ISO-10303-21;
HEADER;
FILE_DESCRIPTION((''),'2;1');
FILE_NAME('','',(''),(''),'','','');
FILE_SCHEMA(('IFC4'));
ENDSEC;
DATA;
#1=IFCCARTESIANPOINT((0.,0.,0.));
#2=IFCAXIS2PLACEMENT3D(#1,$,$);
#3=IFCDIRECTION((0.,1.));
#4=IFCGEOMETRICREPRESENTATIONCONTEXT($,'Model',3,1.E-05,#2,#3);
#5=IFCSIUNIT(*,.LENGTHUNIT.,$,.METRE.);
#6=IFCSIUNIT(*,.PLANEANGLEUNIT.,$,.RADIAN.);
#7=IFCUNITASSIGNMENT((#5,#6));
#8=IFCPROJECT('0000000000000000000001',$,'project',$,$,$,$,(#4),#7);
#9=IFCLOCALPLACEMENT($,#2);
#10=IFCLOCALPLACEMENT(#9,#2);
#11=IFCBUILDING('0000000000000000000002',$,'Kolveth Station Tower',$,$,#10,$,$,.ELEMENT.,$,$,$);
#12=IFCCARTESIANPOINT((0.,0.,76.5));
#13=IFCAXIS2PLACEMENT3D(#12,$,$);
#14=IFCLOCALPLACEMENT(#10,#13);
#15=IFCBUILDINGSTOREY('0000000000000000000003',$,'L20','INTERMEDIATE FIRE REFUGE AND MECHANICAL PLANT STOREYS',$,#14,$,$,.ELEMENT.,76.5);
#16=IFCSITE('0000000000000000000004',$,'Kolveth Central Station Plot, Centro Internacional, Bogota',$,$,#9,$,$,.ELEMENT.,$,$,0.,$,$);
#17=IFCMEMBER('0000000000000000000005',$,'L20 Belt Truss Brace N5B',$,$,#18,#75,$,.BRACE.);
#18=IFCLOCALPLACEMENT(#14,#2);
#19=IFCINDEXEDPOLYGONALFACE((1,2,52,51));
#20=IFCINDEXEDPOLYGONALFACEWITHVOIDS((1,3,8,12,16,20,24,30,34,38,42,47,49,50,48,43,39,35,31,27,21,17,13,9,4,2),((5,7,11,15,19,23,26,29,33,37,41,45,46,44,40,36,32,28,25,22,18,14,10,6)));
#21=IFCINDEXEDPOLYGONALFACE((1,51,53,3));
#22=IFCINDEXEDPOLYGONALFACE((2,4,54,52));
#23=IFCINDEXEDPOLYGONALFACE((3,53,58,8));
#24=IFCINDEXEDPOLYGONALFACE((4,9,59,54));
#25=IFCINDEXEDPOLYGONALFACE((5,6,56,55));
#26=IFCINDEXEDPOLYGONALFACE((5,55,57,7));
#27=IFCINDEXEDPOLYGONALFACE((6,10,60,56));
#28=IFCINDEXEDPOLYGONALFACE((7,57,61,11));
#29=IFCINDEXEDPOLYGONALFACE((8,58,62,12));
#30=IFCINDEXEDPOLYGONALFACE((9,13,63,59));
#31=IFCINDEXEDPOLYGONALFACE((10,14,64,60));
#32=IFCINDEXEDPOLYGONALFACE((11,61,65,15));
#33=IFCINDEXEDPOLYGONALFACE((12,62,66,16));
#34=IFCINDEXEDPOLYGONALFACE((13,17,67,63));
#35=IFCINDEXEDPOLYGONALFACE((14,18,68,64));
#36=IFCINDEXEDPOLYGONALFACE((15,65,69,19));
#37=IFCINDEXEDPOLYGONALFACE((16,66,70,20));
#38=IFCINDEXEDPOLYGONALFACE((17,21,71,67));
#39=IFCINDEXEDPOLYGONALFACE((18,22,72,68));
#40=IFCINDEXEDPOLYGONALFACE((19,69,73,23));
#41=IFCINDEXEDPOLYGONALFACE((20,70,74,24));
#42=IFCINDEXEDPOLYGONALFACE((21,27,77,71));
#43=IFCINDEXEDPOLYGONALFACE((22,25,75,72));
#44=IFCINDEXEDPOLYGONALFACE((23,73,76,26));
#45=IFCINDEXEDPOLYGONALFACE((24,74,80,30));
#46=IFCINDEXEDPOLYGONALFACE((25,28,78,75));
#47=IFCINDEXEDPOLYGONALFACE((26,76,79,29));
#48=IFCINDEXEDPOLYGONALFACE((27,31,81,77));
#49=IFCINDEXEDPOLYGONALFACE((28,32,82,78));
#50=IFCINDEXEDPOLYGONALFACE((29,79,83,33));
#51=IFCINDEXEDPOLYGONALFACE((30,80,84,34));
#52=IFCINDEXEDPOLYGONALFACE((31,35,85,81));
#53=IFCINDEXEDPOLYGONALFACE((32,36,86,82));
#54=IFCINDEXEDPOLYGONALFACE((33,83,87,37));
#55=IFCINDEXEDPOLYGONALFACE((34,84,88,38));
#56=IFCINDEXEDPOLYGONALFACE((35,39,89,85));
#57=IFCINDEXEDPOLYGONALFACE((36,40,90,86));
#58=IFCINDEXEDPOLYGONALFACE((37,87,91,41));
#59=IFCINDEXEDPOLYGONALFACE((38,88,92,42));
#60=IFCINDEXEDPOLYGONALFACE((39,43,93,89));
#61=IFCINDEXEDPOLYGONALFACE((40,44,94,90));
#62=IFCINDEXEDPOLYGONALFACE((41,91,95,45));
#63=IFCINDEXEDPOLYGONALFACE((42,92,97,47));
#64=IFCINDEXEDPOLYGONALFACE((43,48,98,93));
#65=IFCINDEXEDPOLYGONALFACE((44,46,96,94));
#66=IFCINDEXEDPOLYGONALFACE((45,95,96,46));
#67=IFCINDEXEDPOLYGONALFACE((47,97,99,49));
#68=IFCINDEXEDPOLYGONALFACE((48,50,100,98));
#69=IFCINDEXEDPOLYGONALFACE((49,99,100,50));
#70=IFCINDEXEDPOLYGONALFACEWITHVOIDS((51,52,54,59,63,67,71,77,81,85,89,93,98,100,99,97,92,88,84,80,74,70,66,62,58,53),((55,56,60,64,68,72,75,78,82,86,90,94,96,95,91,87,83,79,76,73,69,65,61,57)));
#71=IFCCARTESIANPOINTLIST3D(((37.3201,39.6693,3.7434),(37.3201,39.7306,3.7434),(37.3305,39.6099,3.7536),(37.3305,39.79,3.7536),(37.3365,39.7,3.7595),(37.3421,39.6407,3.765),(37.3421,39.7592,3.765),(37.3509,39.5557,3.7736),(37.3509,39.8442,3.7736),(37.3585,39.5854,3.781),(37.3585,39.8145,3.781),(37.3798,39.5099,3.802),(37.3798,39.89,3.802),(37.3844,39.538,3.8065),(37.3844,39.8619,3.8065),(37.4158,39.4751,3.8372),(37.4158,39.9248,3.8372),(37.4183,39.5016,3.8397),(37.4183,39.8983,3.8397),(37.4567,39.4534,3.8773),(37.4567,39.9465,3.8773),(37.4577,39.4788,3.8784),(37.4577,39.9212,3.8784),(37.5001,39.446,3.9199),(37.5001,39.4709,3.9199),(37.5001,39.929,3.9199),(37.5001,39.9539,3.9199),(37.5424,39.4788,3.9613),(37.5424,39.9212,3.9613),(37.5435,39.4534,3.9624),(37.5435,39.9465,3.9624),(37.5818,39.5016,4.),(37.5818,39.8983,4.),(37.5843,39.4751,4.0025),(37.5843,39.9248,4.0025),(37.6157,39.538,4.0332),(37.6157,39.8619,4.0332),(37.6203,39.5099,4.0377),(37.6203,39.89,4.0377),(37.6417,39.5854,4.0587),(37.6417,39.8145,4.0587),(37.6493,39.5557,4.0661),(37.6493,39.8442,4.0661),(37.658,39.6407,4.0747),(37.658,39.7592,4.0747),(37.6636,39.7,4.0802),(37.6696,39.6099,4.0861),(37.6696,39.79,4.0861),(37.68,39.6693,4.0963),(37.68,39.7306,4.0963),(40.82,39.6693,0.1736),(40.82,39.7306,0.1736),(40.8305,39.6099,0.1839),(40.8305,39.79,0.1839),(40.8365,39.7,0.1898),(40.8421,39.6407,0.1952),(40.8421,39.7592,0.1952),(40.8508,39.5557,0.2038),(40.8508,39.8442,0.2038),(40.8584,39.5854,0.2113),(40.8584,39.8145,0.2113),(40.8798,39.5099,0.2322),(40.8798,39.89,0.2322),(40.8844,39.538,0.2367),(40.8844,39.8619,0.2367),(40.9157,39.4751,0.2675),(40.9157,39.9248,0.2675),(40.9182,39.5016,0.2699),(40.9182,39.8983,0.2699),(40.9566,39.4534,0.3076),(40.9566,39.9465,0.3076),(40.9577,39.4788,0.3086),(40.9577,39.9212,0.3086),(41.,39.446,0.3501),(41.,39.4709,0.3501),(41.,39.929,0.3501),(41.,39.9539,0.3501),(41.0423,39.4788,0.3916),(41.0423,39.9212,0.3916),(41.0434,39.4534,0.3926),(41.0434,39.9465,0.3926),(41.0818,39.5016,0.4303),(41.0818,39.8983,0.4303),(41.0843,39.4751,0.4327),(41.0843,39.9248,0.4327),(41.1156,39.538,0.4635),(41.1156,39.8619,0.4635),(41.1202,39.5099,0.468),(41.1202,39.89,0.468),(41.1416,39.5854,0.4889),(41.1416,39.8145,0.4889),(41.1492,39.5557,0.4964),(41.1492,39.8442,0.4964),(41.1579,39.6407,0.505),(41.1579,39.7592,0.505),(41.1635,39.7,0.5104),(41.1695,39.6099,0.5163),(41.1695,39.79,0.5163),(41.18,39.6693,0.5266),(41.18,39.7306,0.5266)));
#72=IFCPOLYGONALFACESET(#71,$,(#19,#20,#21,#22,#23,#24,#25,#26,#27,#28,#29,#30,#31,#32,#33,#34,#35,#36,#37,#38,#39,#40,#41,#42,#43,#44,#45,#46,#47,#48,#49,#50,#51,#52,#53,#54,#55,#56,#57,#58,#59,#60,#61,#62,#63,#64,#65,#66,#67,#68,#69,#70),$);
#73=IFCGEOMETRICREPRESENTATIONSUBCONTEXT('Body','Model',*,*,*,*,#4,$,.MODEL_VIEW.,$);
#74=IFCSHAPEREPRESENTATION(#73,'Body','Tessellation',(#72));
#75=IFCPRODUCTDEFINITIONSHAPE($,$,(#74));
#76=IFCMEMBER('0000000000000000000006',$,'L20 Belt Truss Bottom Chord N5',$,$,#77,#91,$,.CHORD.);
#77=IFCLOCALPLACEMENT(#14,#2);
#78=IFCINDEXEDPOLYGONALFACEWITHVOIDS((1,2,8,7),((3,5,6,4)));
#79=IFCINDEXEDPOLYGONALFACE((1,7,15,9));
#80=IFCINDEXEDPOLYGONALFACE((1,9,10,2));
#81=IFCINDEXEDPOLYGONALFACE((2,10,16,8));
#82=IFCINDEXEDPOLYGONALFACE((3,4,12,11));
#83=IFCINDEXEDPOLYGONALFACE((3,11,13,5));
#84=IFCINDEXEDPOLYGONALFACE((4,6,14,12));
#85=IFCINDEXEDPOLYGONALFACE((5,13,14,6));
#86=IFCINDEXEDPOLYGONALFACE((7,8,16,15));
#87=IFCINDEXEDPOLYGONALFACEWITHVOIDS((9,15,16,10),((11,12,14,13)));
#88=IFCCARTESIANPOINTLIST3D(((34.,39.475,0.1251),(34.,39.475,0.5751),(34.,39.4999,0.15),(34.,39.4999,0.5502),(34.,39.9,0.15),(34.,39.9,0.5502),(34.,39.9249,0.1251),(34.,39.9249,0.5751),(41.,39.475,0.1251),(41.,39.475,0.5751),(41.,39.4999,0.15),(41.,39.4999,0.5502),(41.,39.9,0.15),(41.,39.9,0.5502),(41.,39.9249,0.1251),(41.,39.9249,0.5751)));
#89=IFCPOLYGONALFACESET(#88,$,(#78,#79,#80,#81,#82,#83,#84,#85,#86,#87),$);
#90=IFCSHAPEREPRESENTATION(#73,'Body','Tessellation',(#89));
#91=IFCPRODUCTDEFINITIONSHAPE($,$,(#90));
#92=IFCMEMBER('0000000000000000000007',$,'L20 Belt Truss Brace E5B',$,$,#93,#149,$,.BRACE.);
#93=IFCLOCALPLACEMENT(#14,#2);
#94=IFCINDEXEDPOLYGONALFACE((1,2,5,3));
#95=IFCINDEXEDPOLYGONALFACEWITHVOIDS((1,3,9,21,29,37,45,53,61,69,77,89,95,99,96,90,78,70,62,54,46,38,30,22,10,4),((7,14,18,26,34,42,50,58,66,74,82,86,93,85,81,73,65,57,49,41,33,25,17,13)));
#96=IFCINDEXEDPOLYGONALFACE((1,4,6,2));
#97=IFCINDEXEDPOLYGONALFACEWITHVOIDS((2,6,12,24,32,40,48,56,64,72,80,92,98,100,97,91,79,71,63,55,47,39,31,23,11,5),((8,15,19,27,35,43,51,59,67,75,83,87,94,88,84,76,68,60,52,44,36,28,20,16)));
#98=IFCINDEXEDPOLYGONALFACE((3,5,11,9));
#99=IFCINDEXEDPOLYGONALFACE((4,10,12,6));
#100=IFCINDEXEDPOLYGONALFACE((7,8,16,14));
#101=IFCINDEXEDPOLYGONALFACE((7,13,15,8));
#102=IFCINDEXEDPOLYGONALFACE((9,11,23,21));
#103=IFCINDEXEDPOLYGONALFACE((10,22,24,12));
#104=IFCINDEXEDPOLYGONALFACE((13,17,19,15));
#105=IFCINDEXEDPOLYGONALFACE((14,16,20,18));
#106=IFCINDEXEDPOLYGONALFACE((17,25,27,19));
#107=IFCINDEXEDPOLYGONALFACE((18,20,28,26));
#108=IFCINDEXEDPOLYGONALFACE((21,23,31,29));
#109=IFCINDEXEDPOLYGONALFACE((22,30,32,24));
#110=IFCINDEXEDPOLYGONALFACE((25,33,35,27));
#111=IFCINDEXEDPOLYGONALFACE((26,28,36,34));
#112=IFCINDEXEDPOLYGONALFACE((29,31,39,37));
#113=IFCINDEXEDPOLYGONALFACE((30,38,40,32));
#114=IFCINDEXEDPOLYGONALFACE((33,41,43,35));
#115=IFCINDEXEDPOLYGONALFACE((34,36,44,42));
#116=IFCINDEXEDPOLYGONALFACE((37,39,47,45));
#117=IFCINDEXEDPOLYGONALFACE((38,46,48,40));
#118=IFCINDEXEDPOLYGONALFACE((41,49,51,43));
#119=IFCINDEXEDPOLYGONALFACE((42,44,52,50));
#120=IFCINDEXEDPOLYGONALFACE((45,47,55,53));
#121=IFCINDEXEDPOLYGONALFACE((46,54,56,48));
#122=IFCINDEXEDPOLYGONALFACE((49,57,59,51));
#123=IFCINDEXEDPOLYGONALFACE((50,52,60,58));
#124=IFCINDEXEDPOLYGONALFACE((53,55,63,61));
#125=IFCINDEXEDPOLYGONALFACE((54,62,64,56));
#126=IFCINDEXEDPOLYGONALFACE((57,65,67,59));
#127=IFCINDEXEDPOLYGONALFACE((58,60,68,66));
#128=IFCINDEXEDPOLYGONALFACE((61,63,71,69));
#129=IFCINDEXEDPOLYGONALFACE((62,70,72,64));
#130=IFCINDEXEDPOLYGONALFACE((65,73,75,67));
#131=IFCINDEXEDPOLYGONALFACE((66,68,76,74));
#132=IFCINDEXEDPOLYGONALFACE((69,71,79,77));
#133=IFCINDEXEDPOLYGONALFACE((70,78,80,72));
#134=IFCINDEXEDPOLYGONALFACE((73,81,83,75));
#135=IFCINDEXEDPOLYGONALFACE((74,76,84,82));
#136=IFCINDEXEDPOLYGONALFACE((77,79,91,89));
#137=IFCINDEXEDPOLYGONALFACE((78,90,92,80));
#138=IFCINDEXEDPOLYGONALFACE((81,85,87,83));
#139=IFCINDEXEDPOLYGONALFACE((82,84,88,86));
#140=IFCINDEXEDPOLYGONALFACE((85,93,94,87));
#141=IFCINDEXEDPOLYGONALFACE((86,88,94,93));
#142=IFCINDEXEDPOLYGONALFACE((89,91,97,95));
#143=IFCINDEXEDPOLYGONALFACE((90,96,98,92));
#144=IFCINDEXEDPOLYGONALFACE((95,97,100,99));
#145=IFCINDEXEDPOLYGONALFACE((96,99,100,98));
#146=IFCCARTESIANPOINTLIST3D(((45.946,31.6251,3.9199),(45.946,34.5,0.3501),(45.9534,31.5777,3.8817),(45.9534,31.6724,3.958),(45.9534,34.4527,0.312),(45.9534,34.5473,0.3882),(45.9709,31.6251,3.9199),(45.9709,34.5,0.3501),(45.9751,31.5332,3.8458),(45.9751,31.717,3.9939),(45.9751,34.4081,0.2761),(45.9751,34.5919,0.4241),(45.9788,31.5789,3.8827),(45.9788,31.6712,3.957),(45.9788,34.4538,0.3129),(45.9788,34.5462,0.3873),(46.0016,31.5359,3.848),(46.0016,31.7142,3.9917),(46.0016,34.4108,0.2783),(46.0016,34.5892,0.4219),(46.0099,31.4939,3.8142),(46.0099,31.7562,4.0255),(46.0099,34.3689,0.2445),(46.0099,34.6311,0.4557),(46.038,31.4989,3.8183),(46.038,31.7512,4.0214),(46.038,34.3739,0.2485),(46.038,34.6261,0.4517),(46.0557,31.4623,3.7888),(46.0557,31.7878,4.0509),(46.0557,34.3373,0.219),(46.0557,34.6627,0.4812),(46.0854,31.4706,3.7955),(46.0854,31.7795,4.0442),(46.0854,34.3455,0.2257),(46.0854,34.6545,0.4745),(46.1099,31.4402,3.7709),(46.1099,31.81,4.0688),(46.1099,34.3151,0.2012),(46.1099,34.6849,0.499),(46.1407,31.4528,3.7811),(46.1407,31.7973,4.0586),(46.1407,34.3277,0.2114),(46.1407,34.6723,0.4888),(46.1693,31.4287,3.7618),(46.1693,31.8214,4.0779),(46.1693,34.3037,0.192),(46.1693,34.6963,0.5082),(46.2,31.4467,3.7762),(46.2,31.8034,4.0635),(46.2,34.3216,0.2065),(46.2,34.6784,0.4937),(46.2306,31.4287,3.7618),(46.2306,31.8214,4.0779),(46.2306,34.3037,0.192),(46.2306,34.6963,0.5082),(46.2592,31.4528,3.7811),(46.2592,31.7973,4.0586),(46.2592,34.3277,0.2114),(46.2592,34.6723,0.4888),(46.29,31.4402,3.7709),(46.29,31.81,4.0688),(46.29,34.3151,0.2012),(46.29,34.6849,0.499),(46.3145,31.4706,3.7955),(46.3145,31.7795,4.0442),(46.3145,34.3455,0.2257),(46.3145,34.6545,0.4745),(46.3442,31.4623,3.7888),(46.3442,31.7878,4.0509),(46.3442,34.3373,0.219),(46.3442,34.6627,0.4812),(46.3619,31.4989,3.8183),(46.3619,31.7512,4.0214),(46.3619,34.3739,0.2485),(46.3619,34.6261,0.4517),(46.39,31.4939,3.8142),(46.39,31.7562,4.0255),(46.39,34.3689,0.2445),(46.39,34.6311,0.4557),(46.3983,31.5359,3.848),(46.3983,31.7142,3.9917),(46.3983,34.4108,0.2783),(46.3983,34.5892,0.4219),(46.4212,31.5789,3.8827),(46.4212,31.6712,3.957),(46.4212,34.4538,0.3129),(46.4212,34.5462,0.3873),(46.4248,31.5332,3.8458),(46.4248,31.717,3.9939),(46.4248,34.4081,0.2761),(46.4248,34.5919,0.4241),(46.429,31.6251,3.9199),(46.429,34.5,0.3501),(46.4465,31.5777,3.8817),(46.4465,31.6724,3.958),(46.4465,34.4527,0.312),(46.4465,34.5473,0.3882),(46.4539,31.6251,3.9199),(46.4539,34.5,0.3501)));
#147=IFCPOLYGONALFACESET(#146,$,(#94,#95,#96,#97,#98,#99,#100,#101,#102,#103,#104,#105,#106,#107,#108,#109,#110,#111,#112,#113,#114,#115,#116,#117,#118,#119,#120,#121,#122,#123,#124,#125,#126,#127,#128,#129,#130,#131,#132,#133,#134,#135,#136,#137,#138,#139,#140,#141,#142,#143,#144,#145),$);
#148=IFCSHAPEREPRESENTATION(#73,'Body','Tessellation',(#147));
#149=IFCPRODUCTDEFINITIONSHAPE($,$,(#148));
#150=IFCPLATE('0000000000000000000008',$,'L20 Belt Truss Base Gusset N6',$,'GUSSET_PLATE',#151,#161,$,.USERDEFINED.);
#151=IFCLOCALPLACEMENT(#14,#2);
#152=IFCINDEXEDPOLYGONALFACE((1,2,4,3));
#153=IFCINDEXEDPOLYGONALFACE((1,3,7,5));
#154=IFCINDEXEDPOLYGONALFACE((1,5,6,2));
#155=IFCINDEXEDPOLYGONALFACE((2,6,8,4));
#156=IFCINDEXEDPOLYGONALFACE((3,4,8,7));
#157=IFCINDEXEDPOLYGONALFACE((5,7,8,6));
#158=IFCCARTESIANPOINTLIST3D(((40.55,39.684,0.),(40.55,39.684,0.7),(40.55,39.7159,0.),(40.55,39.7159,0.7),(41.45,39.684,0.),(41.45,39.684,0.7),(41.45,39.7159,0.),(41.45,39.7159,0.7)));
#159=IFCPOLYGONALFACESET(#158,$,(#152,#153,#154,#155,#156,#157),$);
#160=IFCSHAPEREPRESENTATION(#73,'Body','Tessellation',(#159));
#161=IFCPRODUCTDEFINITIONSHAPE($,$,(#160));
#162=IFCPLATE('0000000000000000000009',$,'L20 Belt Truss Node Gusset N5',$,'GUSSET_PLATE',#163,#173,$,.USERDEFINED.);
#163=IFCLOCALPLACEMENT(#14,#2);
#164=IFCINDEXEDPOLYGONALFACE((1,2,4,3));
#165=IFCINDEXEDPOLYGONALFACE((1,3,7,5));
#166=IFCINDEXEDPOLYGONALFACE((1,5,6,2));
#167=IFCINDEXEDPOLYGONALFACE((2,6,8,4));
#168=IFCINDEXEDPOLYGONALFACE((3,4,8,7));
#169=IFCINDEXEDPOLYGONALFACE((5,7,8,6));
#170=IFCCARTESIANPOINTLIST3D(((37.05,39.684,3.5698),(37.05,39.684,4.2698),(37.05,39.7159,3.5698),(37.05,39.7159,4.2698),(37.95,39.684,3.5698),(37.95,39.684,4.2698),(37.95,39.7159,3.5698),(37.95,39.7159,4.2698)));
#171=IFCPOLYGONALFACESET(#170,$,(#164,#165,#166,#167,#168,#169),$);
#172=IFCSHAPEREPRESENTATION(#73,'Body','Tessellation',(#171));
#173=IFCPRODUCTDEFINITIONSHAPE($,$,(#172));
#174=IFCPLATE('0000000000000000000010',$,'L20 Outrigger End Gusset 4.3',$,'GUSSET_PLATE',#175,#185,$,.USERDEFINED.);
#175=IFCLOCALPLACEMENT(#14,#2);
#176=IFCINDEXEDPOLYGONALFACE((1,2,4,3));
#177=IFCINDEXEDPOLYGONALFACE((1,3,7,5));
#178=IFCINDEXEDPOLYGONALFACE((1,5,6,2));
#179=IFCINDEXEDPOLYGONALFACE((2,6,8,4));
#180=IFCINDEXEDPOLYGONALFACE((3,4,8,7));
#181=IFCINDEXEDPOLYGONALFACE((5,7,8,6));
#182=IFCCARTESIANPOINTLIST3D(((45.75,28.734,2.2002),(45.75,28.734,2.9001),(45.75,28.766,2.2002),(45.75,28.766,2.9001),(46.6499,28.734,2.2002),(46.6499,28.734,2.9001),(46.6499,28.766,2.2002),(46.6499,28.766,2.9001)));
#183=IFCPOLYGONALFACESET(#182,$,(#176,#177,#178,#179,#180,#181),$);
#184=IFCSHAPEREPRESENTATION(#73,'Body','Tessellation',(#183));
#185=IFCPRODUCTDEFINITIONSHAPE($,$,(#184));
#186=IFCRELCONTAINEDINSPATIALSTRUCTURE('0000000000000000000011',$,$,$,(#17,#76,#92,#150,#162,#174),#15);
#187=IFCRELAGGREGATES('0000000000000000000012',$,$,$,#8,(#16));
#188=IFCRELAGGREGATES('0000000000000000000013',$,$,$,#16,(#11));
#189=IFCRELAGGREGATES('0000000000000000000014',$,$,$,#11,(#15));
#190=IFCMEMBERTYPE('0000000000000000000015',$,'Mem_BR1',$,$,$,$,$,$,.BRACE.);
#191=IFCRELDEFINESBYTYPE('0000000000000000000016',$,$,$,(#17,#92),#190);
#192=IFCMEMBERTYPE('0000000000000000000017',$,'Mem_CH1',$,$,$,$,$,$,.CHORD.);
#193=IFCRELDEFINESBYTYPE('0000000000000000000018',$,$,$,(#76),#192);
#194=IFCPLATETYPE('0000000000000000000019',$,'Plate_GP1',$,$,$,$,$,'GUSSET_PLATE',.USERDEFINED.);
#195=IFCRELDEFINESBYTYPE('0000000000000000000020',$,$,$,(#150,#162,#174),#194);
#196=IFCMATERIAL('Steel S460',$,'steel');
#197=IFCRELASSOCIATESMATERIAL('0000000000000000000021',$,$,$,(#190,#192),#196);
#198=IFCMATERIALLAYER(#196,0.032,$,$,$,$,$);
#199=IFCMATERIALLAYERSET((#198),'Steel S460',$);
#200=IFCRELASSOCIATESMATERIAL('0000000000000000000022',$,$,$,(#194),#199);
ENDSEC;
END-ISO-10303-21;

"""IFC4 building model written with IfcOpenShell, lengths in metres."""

from ifc_helpers import new_model, si_unit, direction, frame, origin, origin_2d, place, context, subcontext, project, spatial, rectangle, hollow_rectangle, hollow_circle, extrude, source, transform, mapped, material, layer, layer_set, material_profile, profile_set, type_object, element, save


model = new_model("IFC4")

# Units and contexts
model_context = context("Model", 3, precision=1e-05, world=origin(), true_north=direction((0.0, 1.0)))
body_context = subcontext(model_context, "Body", "Model", "MODEL_VIEW")
ifc_project = project(units=[si_unit("LENGTHUNIT", "METRE"), si_unit("PLANEANGLEUNIT", "RADIAN")], contexts=[model_context])

# Site, building, storey
site_placement = place(None, origin())
site = spatial("IfcSite", under=ifc_project, at=site_placement, Name="Kolveth Central Station Plot, Centro Internacional, Bogota", CompositionType="ELEMENT", RefElevation=0.0)
building_placement = place(site_placement, origin())
building = spatial("IfcBuilding", under=site, at=building_placement, Name="Kolveth Station Tower", CompositionType="ELEMENT")
storey_placement = place(building_placement, frame((0.0, 0.0, 76.5)))
storey = spatial("IfcBuildingStorey", under=building, at=storey_placement, Name="L20", Description="INTERMEDIATE FIRE REFUGE AND MECHANICAL PLANT STOREYS", CompositionType="ELEMENT", Elevation=76.5)

# Shared definitions
ifc_material_1 = material(Name="Steel S460", Category="steel")

# Members
ifc_material_profile_1 = material_profile(ifc_material_1, hollow_circle(Radius=0.2539, WallThickness=0.0249, at=origin_2d()), Name="CHS508x25")
ifc_profile_set_1 = profile_set([ifc_material_profile_1], Name="Steel S460")
member_type_1 = type_object("IfcMemberType", Name="Mem_BR1", PredefinedType="BRACE", material=ifc_profile_set_1)
shared_shape_1 = source(origin(), body_context, "Body", "SweptSolid", [
    extrude(hollow_circle(Radius=0.2539, WallThickness=0.0249, at=origin_2d()), origin(), (0.0, 0.0, 1.0), 4.9993),
])
member_1_placement = place(storey_placement, frame((41.0, 39.7, 0.3501), z_axis=(-0.700089, 0.0, 0.714056), x_axis=(0.0, -1.0, 0.0)))
element("IfcMember", 1, at=member_1_placement, inside=storey, type_object=member_type_1, Name="L20 Belt Truss Brace N5B", PredefinedType="BRACE", context=body_context, shape_type="MappedRepresentation", body=[
    mapped(shared_shape_1, transform((0.0, 0.0, 0.0), x_axis=(1.0, 0.0, 0.0), y_axis=(0.0, 1.0, 0.0), z_axis=(0.0, 0.0, 1.0), scale=1.0)),
])
ifc_material_profile_2 = material_profile(ifc_material_1, hollow_rectangle(XDim=0.45, YDim=0.45, WallThickness=0.0249, at=origin_2d()), Name="HSS450x450x25")
ifc_profile_set_2 = profile_set([ifc_material_profile_2], Name="Steel S460")
member_type_2 = type_object("IfcMemberType", Name="Mem_CH1", PredefinedType="CHORD", material=ifc_profile_set_2)
shared_shape_2 = source(origin(), body_context, "Body", "SweptSolid", [
    extrude(hollow_rectangle(XDim=0.45, YDim=0.45, WallThickness=0.0249, at=origin_2d()), origin(), (0.0, 0.0, 1.0), 7.0),
])
member_2_placement = place(storey_placement, frame((34.0, 39.7, 0.3501), z_axis=(1.0, 0.0, 0.0), x_axis=(0.0, 1.0, 0.0)))
element("IfcMember", 2, at=member_2_placement, inside=storey, type_object=member_type_2, Name="L20 Belt Truss Bottom Chord N5", PredefinedType="CHORD", context=body_context, shape_type="MappedRepresentation", body=[
    mapped(shared_shape_2, transform((0.0, 0.0, 0.0), x_axis=(1.0, 0.0, 0.0), y_axis=(0.0, 1.0, 0.0), z_axis=(0.0, 0.0, 1.0), scale=1.0)),
])
shared_shape_3 = source(origin(), body_context, "Body", "SweptSolid", [
    extrude(hollow_circle(Radius=0.2539, WallThickness=0.0249, at=origin_2d()), origin(), (0.0, 0.0, 1.0), 4.5835),
])
member_3_placement = place(storey_placement, frame((46.2, 34.5, 0.3501), z_axis=(0.0, -0.627238, 0.778828), x_axis=(1.0, 0.0, 0.0)))
element("IfcMember", 3, at=member_3_placement, inside=storey, type_object=member_type_1, Name="L20 Belt Truss Brace E5B", PredefinedType="BRACE", context=body_context, shape_type="MappedRepresentation", body=[
    mapped(shared_shape_3, transform((0.0, 0.0, 0.0), x_axis=(1.0, 0.0, 0.0), y_axis=(0.0, 1.0, 0.0), z_axis=(0.0, 0.0, 1.0), scale=1.0)),
])

# Plates
ifc_layer_1 = layer(ifc_material_1, 0.032)
ifc_layer_set_1 = layer_set([ifc_layer_1], Name="Steel S460")
plate_type_1 = type_object("IfcPlateType", Name="Plate_GP1", ElementType="GUSSET_PLATE", PredefinedType="USERDEFINED", material=ifc_layer_set_1)
shared_shape_4 = source(origin(), body_context, "Body", "SweptSolid", [
    extrude(rectangle(XDim=0.8999, YDim=0.032, at=origin_2d()), origin(), (0.0, 0.0, 1.0), 0.7),
])
for number, where, z_axis, x_axis, name in (
    (4, (41.0, 39.7, 0.0), (0.0, 0.0, 1.0), (1.0, 0.0, 0.0), "L20 Belt Truss Base Gusset N6"),
    (5, (37.5, 39.7, 3.5698), (0.0, 0.0, 1.0), (1.0, 0.0, 0.0), "L20 Belt Truss Node Gusset N5"),
    (6, (46.2, 28.75, 2.2002), (0.0, 0.0, 1.0), (1.0, 0.0, 0.0), "L20 Outrigger End Gusset 4.3"),
):
    element("IfcPlate", number, at=place(storey_placement, frame(where, z_axis=z_axis, x_axis=x_axis)), inside=storey, type_object=plate_type_1, Name=name, ObjectType="GUSSET_PLATE", PredefinedType="USERDEFINED", context=body_context, shape_type="MappedRepresentation", body=[
        mapped(shared_shape_4, transform((0.0, 0.0, 0.0), x_axis=(1.0, 0.0, 0.0), y_axis=(0.0, 1.0, 0.0), z_axis=(0.0, 0.0, 1.0), scale=1.0)),
    ])

save(model, "model.ifc")
